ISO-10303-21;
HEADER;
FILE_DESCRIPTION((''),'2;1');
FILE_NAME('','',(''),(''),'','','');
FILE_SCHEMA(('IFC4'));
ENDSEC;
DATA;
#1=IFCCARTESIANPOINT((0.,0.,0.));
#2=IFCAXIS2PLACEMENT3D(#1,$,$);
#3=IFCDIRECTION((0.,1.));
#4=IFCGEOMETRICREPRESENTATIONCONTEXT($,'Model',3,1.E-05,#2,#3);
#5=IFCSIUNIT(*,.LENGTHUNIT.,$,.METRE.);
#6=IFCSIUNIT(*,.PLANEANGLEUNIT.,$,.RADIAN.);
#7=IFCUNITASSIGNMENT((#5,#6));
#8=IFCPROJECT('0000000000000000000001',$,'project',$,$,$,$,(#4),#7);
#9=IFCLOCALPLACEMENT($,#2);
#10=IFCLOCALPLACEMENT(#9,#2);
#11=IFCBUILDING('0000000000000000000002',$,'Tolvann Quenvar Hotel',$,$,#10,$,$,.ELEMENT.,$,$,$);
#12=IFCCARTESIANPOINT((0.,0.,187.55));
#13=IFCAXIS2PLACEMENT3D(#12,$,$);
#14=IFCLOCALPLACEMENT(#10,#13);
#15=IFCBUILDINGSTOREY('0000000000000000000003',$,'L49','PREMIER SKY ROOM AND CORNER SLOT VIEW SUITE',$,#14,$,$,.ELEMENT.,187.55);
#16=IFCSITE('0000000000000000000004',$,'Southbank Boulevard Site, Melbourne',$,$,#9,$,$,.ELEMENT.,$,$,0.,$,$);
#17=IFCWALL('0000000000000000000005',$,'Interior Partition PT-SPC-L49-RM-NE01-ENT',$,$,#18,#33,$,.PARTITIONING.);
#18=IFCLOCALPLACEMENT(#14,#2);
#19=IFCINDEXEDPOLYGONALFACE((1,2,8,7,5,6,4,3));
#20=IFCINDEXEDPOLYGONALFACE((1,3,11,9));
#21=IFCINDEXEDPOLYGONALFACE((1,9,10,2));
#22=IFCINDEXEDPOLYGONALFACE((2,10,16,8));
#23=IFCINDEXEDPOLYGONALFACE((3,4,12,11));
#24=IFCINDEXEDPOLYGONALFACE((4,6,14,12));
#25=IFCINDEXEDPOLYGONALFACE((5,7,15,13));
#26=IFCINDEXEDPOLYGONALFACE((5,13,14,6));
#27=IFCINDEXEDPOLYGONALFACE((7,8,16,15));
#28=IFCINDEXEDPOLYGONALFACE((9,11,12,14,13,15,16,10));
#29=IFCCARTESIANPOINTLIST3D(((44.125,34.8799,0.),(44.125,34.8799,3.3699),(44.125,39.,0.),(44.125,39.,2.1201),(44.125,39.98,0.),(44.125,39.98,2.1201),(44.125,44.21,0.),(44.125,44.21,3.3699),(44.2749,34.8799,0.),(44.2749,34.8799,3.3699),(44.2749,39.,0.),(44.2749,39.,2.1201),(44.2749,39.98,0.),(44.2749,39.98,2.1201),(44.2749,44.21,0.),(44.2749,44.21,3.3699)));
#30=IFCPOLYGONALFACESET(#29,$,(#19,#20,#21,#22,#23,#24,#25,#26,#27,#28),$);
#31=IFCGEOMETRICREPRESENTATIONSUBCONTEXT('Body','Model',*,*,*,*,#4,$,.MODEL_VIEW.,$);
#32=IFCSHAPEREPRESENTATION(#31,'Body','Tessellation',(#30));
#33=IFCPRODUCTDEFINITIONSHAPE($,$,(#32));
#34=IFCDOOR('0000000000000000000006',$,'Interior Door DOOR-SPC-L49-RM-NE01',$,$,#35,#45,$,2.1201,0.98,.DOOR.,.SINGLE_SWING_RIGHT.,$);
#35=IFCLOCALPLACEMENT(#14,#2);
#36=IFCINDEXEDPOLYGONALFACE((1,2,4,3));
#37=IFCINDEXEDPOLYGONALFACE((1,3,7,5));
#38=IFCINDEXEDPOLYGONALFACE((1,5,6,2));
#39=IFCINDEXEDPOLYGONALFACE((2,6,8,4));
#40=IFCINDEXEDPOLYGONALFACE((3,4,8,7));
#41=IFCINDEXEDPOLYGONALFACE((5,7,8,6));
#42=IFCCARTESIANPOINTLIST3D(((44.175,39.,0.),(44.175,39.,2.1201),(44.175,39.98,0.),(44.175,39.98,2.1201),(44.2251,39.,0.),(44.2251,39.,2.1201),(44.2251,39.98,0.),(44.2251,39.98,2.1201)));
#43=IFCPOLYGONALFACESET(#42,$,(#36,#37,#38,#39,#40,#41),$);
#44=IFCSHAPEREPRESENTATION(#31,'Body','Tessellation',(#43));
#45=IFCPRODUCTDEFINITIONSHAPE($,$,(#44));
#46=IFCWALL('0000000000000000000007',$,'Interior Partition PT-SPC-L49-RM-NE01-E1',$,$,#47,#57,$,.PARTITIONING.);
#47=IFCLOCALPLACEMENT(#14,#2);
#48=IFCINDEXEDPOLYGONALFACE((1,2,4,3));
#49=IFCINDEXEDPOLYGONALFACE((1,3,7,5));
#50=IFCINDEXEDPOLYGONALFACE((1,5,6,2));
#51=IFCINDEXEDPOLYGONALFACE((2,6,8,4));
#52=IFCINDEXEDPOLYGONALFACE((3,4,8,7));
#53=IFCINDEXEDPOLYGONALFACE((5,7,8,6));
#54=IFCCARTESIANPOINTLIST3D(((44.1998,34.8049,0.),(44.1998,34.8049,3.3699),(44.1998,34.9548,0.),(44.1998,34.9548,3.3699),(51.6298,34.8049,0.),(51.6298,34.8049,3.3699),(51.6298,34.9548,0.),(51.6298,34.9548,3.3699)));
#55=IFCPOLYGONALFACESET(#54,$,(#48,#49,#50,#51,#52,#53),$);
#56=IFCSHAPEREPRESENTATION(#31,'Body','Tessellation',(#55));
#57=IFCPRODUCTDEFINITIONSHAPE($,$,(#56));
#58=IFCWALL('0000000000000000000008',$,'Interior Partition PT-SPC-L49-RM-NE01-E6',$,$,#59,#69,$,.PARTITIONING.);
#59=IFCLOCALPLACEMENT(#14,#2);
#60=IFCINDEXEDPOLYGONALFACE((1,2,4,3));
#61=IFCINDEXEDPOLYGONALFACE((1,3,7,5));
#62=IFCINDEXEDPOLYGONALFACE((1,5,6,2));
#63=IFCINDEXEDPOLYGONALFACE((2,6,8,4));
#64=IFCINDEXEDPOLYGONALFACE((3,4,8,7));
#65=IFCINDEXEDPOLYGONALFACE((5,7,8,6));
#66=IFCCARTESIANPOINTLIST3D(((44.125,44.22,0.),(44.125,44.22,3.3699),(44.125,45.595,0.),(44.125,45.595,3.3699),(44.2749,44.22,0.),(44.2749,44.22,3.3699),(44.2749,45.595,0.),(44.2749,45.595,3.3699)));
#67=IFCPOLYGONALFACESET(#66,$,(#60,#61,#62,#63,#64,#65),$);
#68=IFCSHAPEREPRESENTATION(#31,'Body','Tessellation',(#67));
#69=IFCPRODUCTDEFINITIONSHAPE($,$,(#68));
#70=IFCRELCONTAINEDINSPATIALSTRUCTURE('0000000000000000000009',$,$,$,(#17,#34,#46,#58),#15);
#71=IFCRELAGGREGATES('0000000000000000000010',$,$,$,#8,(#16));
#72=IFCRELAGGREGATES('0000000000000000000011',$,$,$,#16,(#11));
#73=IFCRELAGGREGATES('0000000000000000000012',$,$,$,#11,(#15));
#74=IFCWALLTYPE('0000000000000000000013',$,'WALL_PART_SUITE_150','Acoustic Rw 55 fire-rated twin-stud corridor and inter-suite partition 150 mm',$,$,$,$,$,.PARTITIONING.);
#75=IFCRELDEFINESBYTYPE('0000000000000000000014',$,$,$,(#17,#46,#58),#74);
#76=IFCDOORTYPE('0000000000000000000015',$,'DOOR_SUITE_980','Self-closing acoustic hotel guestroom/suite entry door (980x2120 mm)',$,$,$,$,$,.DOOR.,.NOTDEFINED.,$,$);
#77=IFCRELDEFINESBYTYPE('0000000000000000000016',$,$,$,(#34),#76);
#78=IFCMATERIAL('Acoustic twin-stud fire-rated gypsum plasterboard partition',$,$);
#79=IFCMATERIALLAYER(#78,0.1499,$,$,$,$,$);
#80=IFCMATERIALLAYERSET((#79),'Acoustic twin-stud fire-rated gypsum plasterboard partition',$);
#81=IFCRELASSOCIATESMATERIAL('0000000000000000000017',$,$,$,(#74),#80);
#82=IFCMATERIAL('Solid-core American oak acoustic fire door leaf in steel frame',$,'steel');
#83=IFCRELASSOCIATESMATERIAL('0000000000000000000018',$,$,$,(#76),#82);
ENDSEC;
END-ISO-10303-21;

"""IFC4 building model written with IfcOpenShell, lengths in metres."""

from ifc_helpers import new_model, si_unit, direction, frame, frame_2d, origin, place, context, subcontext, project, spatial, rectangle, extrude, source, transform, mapped, material, layer, layer_set, type_object, type_shapes, element, fill, save


model = new_model("IFC4")

# Units and contexts
model_context = context("Model", 3, precision=1e-05, world=origin(), true_north=direction((0.0, 1.0)))
body_context = subcontext(model_context, "Body", "Model", "MODEL_VIEW")
ifc_project = project(units=[si_unit("LENGTHUNIT", "METRE"), si_unit("PLANEANGLEUNIT", "RADIAN")], contexts=[model_context])

# Site, building, storey
site_placement = place(None, origin())
site = spatial("IfcSite", under=ifc_project, at=site_placement, Name="Southbank Boulevard Site, Melbourne", CompositionType="ELEMENT", RefElevation=0.0)
building_placement = place(site_placement, origin())
building = spatial("IfcBuilding", under=site, at=building_placement, Name="Tolvann Quenvar Hotel", CompositionType="ELEMENT")
storey_placement = place(building_placement, frame((0.0, 0.0, 187.55)))
storey = spatial("IfcBuildingStorey", under=building, at=storey_placement, Name="L49", Description="PREMIER SKY ROOM AND CORNER SLOT VIEW SUITE", CompositionType="ELEMENT", Elevation=187.55)

# Shared definitions
ifc_material_1 = material(Name="Acoustic twin-stud fire-rated gypsum plasterboard partition")
ifc_layer_1 = layer(ifc_material_1, 0.1499)
ifc_layer_set_1 = layer_set([ifc_layer_1], Name="Acoustic twin-stud fire-rated gypsum plasterboard partition")
wall_type_1 = type_object("IfcWallType", Name="WALL_PART_SUITE_150", Description="Acoustic Rw 55 fire-rated twin-stud corridor and inter-suite partition 150 mm", PredefinedType="PARTITIONING", material=ifc_layer_set_1)

# Wall, opening, door
wall_1_placement = place(storey_placement, frame((44.2, 34.8799, 0.0), z_axis=(0.0, 0.0, 1.0), x_axis=(0.0, 1.0, 0.0)))
wall_1 = element("IfcWall", 1, at=wall_1_placement, inside=storey, type_object=wall_type_1, Name="Interior Partition PT-SPC-L49-RM-NE01-ENT", PredefinedType="PARTITIONING", context=body_context, shape_type="SweptSolid", body=[
    extrude(rectangle(XDim=9.3301, YDim=0.1499, at=frame_2d((4.665, 0.0))), origin(), (0.0, 0.0, 1.0), 3.3699),
])
opening_1_placement = place(wall_1_placement, frame((4.1201, 0.0, 0.0)))
opening_1 = element("IfcOpeningElement", 2, at=opening_1_placement, cuts=wall_1, PredefinedType="OPENING", context=body_context, shape_type="SweptSolid", body=[
    extrude(rectangle(XDim=0.98, YDim=2.1201, at=frame_2d((0.49, 1.0601))), frame((0.0, 0.085, 0.0), z_axis=(0.0, -1.0, 0.0), x_axis=(1.0, 0.0, 0.0)), (0.0, 0.0, 1.0), 0.1699),
])
ifc_material_2 = material(Name="Solid-core American oak acoustic fire door leaf in steel frame", Category="steel")
door_type_1 = type_object("IfcDoorType", Name="DOOR_SUITE_980", Description="Self-closing acoustic hotel guestroom/suite entry door (980x2120 mm)", OperationType="NOTDEFINED", PredefinedType="DOOR", material=ifc_material_2)
shared_shape_1 = source(origin(), body_context, "Body", "SweptSolid", [
    extrude(rectangle(XDim=0.98, YDim=2.1201, at=frame_2d((0.49, 1.0601))), frame((0.0, 0.0249, 0.0), z_axis=(0.0, -1.0, 0.0), x_axis=(1.0, 0.0, 0.0)), (0.0, 0.0, 1.0), 0.05),
])
type_shapes(door_type_1, [shared_shape_1])
door_1_placement = place(opening_1_placement, origin())
door_1 = element("IfcDoor", 3, at=door_1_placement, inside=storey, type_object=door_type_1, Name="Interior Door DOOR-SPC-L49-RM-NE01", OperationType="SINGLE_SWING_RIGHT", OverallHeight=2.1201, OverallWidth=0.98, PredefinedType="DOOR", context=body_context, shape_type="MappedRepresentation", body=[
    mapped(shared_shape_1, transform((0.0, 0.0, 0.0), x_axis=(1.0, 0.0, 0.0), y_axis=(0.0, 1.0, 0.0), z_axis=(0.0, 0.0, 1.0), scale=1.0)),
])
fill(opening_1, door_1)

# Walls
wall_2_placement = place(storey_placement, frame((44.2, 34.8799, 0.0), z_axis=(0.0, 0.0, 1.0), x_axis=(1.0, 0.0, 0.0)))
element("IfcWall", 4, at=wall_2_placement, inside=storey, type_object=wall_type_1, Name="Interior Partition PT-SPC-L49-RM-NE01-E1", PredefinedType="PARTITIONING", context=body_context, shape_type="SweptSolid", body=[
    extrude(rectangle(XDim=7.4299, YDim=0.1499, at=frame_2d((3.7148, 0.0))), origin(), (0.0, 0.0, 1.0), 3.3699),
])
wall_3_placement = place(storey_placement, frame((44.2, 44.22, 0.0), z_axis=(0.0, 0.0, 1.0), x_axis=(0.0, 1.0, 0.0)))
element("IfcWall", 5, at=wall_3_placement, inside=storey, type_object=wall_type_1, Name="Interior Partition PT-SPC-L49-RM-NE01-E6", PredefinedType="PARTITIONING", context=body_context, shape_type="SweptSolid", body=[
    extrude(rectangle(XDim=1.375, YDim=0.1499, at=frame_2d((0.6875, 0.0))), origin(), (0.0, 0.0, 1.0), 3.3699),
])

save(model, "model.ifc")
